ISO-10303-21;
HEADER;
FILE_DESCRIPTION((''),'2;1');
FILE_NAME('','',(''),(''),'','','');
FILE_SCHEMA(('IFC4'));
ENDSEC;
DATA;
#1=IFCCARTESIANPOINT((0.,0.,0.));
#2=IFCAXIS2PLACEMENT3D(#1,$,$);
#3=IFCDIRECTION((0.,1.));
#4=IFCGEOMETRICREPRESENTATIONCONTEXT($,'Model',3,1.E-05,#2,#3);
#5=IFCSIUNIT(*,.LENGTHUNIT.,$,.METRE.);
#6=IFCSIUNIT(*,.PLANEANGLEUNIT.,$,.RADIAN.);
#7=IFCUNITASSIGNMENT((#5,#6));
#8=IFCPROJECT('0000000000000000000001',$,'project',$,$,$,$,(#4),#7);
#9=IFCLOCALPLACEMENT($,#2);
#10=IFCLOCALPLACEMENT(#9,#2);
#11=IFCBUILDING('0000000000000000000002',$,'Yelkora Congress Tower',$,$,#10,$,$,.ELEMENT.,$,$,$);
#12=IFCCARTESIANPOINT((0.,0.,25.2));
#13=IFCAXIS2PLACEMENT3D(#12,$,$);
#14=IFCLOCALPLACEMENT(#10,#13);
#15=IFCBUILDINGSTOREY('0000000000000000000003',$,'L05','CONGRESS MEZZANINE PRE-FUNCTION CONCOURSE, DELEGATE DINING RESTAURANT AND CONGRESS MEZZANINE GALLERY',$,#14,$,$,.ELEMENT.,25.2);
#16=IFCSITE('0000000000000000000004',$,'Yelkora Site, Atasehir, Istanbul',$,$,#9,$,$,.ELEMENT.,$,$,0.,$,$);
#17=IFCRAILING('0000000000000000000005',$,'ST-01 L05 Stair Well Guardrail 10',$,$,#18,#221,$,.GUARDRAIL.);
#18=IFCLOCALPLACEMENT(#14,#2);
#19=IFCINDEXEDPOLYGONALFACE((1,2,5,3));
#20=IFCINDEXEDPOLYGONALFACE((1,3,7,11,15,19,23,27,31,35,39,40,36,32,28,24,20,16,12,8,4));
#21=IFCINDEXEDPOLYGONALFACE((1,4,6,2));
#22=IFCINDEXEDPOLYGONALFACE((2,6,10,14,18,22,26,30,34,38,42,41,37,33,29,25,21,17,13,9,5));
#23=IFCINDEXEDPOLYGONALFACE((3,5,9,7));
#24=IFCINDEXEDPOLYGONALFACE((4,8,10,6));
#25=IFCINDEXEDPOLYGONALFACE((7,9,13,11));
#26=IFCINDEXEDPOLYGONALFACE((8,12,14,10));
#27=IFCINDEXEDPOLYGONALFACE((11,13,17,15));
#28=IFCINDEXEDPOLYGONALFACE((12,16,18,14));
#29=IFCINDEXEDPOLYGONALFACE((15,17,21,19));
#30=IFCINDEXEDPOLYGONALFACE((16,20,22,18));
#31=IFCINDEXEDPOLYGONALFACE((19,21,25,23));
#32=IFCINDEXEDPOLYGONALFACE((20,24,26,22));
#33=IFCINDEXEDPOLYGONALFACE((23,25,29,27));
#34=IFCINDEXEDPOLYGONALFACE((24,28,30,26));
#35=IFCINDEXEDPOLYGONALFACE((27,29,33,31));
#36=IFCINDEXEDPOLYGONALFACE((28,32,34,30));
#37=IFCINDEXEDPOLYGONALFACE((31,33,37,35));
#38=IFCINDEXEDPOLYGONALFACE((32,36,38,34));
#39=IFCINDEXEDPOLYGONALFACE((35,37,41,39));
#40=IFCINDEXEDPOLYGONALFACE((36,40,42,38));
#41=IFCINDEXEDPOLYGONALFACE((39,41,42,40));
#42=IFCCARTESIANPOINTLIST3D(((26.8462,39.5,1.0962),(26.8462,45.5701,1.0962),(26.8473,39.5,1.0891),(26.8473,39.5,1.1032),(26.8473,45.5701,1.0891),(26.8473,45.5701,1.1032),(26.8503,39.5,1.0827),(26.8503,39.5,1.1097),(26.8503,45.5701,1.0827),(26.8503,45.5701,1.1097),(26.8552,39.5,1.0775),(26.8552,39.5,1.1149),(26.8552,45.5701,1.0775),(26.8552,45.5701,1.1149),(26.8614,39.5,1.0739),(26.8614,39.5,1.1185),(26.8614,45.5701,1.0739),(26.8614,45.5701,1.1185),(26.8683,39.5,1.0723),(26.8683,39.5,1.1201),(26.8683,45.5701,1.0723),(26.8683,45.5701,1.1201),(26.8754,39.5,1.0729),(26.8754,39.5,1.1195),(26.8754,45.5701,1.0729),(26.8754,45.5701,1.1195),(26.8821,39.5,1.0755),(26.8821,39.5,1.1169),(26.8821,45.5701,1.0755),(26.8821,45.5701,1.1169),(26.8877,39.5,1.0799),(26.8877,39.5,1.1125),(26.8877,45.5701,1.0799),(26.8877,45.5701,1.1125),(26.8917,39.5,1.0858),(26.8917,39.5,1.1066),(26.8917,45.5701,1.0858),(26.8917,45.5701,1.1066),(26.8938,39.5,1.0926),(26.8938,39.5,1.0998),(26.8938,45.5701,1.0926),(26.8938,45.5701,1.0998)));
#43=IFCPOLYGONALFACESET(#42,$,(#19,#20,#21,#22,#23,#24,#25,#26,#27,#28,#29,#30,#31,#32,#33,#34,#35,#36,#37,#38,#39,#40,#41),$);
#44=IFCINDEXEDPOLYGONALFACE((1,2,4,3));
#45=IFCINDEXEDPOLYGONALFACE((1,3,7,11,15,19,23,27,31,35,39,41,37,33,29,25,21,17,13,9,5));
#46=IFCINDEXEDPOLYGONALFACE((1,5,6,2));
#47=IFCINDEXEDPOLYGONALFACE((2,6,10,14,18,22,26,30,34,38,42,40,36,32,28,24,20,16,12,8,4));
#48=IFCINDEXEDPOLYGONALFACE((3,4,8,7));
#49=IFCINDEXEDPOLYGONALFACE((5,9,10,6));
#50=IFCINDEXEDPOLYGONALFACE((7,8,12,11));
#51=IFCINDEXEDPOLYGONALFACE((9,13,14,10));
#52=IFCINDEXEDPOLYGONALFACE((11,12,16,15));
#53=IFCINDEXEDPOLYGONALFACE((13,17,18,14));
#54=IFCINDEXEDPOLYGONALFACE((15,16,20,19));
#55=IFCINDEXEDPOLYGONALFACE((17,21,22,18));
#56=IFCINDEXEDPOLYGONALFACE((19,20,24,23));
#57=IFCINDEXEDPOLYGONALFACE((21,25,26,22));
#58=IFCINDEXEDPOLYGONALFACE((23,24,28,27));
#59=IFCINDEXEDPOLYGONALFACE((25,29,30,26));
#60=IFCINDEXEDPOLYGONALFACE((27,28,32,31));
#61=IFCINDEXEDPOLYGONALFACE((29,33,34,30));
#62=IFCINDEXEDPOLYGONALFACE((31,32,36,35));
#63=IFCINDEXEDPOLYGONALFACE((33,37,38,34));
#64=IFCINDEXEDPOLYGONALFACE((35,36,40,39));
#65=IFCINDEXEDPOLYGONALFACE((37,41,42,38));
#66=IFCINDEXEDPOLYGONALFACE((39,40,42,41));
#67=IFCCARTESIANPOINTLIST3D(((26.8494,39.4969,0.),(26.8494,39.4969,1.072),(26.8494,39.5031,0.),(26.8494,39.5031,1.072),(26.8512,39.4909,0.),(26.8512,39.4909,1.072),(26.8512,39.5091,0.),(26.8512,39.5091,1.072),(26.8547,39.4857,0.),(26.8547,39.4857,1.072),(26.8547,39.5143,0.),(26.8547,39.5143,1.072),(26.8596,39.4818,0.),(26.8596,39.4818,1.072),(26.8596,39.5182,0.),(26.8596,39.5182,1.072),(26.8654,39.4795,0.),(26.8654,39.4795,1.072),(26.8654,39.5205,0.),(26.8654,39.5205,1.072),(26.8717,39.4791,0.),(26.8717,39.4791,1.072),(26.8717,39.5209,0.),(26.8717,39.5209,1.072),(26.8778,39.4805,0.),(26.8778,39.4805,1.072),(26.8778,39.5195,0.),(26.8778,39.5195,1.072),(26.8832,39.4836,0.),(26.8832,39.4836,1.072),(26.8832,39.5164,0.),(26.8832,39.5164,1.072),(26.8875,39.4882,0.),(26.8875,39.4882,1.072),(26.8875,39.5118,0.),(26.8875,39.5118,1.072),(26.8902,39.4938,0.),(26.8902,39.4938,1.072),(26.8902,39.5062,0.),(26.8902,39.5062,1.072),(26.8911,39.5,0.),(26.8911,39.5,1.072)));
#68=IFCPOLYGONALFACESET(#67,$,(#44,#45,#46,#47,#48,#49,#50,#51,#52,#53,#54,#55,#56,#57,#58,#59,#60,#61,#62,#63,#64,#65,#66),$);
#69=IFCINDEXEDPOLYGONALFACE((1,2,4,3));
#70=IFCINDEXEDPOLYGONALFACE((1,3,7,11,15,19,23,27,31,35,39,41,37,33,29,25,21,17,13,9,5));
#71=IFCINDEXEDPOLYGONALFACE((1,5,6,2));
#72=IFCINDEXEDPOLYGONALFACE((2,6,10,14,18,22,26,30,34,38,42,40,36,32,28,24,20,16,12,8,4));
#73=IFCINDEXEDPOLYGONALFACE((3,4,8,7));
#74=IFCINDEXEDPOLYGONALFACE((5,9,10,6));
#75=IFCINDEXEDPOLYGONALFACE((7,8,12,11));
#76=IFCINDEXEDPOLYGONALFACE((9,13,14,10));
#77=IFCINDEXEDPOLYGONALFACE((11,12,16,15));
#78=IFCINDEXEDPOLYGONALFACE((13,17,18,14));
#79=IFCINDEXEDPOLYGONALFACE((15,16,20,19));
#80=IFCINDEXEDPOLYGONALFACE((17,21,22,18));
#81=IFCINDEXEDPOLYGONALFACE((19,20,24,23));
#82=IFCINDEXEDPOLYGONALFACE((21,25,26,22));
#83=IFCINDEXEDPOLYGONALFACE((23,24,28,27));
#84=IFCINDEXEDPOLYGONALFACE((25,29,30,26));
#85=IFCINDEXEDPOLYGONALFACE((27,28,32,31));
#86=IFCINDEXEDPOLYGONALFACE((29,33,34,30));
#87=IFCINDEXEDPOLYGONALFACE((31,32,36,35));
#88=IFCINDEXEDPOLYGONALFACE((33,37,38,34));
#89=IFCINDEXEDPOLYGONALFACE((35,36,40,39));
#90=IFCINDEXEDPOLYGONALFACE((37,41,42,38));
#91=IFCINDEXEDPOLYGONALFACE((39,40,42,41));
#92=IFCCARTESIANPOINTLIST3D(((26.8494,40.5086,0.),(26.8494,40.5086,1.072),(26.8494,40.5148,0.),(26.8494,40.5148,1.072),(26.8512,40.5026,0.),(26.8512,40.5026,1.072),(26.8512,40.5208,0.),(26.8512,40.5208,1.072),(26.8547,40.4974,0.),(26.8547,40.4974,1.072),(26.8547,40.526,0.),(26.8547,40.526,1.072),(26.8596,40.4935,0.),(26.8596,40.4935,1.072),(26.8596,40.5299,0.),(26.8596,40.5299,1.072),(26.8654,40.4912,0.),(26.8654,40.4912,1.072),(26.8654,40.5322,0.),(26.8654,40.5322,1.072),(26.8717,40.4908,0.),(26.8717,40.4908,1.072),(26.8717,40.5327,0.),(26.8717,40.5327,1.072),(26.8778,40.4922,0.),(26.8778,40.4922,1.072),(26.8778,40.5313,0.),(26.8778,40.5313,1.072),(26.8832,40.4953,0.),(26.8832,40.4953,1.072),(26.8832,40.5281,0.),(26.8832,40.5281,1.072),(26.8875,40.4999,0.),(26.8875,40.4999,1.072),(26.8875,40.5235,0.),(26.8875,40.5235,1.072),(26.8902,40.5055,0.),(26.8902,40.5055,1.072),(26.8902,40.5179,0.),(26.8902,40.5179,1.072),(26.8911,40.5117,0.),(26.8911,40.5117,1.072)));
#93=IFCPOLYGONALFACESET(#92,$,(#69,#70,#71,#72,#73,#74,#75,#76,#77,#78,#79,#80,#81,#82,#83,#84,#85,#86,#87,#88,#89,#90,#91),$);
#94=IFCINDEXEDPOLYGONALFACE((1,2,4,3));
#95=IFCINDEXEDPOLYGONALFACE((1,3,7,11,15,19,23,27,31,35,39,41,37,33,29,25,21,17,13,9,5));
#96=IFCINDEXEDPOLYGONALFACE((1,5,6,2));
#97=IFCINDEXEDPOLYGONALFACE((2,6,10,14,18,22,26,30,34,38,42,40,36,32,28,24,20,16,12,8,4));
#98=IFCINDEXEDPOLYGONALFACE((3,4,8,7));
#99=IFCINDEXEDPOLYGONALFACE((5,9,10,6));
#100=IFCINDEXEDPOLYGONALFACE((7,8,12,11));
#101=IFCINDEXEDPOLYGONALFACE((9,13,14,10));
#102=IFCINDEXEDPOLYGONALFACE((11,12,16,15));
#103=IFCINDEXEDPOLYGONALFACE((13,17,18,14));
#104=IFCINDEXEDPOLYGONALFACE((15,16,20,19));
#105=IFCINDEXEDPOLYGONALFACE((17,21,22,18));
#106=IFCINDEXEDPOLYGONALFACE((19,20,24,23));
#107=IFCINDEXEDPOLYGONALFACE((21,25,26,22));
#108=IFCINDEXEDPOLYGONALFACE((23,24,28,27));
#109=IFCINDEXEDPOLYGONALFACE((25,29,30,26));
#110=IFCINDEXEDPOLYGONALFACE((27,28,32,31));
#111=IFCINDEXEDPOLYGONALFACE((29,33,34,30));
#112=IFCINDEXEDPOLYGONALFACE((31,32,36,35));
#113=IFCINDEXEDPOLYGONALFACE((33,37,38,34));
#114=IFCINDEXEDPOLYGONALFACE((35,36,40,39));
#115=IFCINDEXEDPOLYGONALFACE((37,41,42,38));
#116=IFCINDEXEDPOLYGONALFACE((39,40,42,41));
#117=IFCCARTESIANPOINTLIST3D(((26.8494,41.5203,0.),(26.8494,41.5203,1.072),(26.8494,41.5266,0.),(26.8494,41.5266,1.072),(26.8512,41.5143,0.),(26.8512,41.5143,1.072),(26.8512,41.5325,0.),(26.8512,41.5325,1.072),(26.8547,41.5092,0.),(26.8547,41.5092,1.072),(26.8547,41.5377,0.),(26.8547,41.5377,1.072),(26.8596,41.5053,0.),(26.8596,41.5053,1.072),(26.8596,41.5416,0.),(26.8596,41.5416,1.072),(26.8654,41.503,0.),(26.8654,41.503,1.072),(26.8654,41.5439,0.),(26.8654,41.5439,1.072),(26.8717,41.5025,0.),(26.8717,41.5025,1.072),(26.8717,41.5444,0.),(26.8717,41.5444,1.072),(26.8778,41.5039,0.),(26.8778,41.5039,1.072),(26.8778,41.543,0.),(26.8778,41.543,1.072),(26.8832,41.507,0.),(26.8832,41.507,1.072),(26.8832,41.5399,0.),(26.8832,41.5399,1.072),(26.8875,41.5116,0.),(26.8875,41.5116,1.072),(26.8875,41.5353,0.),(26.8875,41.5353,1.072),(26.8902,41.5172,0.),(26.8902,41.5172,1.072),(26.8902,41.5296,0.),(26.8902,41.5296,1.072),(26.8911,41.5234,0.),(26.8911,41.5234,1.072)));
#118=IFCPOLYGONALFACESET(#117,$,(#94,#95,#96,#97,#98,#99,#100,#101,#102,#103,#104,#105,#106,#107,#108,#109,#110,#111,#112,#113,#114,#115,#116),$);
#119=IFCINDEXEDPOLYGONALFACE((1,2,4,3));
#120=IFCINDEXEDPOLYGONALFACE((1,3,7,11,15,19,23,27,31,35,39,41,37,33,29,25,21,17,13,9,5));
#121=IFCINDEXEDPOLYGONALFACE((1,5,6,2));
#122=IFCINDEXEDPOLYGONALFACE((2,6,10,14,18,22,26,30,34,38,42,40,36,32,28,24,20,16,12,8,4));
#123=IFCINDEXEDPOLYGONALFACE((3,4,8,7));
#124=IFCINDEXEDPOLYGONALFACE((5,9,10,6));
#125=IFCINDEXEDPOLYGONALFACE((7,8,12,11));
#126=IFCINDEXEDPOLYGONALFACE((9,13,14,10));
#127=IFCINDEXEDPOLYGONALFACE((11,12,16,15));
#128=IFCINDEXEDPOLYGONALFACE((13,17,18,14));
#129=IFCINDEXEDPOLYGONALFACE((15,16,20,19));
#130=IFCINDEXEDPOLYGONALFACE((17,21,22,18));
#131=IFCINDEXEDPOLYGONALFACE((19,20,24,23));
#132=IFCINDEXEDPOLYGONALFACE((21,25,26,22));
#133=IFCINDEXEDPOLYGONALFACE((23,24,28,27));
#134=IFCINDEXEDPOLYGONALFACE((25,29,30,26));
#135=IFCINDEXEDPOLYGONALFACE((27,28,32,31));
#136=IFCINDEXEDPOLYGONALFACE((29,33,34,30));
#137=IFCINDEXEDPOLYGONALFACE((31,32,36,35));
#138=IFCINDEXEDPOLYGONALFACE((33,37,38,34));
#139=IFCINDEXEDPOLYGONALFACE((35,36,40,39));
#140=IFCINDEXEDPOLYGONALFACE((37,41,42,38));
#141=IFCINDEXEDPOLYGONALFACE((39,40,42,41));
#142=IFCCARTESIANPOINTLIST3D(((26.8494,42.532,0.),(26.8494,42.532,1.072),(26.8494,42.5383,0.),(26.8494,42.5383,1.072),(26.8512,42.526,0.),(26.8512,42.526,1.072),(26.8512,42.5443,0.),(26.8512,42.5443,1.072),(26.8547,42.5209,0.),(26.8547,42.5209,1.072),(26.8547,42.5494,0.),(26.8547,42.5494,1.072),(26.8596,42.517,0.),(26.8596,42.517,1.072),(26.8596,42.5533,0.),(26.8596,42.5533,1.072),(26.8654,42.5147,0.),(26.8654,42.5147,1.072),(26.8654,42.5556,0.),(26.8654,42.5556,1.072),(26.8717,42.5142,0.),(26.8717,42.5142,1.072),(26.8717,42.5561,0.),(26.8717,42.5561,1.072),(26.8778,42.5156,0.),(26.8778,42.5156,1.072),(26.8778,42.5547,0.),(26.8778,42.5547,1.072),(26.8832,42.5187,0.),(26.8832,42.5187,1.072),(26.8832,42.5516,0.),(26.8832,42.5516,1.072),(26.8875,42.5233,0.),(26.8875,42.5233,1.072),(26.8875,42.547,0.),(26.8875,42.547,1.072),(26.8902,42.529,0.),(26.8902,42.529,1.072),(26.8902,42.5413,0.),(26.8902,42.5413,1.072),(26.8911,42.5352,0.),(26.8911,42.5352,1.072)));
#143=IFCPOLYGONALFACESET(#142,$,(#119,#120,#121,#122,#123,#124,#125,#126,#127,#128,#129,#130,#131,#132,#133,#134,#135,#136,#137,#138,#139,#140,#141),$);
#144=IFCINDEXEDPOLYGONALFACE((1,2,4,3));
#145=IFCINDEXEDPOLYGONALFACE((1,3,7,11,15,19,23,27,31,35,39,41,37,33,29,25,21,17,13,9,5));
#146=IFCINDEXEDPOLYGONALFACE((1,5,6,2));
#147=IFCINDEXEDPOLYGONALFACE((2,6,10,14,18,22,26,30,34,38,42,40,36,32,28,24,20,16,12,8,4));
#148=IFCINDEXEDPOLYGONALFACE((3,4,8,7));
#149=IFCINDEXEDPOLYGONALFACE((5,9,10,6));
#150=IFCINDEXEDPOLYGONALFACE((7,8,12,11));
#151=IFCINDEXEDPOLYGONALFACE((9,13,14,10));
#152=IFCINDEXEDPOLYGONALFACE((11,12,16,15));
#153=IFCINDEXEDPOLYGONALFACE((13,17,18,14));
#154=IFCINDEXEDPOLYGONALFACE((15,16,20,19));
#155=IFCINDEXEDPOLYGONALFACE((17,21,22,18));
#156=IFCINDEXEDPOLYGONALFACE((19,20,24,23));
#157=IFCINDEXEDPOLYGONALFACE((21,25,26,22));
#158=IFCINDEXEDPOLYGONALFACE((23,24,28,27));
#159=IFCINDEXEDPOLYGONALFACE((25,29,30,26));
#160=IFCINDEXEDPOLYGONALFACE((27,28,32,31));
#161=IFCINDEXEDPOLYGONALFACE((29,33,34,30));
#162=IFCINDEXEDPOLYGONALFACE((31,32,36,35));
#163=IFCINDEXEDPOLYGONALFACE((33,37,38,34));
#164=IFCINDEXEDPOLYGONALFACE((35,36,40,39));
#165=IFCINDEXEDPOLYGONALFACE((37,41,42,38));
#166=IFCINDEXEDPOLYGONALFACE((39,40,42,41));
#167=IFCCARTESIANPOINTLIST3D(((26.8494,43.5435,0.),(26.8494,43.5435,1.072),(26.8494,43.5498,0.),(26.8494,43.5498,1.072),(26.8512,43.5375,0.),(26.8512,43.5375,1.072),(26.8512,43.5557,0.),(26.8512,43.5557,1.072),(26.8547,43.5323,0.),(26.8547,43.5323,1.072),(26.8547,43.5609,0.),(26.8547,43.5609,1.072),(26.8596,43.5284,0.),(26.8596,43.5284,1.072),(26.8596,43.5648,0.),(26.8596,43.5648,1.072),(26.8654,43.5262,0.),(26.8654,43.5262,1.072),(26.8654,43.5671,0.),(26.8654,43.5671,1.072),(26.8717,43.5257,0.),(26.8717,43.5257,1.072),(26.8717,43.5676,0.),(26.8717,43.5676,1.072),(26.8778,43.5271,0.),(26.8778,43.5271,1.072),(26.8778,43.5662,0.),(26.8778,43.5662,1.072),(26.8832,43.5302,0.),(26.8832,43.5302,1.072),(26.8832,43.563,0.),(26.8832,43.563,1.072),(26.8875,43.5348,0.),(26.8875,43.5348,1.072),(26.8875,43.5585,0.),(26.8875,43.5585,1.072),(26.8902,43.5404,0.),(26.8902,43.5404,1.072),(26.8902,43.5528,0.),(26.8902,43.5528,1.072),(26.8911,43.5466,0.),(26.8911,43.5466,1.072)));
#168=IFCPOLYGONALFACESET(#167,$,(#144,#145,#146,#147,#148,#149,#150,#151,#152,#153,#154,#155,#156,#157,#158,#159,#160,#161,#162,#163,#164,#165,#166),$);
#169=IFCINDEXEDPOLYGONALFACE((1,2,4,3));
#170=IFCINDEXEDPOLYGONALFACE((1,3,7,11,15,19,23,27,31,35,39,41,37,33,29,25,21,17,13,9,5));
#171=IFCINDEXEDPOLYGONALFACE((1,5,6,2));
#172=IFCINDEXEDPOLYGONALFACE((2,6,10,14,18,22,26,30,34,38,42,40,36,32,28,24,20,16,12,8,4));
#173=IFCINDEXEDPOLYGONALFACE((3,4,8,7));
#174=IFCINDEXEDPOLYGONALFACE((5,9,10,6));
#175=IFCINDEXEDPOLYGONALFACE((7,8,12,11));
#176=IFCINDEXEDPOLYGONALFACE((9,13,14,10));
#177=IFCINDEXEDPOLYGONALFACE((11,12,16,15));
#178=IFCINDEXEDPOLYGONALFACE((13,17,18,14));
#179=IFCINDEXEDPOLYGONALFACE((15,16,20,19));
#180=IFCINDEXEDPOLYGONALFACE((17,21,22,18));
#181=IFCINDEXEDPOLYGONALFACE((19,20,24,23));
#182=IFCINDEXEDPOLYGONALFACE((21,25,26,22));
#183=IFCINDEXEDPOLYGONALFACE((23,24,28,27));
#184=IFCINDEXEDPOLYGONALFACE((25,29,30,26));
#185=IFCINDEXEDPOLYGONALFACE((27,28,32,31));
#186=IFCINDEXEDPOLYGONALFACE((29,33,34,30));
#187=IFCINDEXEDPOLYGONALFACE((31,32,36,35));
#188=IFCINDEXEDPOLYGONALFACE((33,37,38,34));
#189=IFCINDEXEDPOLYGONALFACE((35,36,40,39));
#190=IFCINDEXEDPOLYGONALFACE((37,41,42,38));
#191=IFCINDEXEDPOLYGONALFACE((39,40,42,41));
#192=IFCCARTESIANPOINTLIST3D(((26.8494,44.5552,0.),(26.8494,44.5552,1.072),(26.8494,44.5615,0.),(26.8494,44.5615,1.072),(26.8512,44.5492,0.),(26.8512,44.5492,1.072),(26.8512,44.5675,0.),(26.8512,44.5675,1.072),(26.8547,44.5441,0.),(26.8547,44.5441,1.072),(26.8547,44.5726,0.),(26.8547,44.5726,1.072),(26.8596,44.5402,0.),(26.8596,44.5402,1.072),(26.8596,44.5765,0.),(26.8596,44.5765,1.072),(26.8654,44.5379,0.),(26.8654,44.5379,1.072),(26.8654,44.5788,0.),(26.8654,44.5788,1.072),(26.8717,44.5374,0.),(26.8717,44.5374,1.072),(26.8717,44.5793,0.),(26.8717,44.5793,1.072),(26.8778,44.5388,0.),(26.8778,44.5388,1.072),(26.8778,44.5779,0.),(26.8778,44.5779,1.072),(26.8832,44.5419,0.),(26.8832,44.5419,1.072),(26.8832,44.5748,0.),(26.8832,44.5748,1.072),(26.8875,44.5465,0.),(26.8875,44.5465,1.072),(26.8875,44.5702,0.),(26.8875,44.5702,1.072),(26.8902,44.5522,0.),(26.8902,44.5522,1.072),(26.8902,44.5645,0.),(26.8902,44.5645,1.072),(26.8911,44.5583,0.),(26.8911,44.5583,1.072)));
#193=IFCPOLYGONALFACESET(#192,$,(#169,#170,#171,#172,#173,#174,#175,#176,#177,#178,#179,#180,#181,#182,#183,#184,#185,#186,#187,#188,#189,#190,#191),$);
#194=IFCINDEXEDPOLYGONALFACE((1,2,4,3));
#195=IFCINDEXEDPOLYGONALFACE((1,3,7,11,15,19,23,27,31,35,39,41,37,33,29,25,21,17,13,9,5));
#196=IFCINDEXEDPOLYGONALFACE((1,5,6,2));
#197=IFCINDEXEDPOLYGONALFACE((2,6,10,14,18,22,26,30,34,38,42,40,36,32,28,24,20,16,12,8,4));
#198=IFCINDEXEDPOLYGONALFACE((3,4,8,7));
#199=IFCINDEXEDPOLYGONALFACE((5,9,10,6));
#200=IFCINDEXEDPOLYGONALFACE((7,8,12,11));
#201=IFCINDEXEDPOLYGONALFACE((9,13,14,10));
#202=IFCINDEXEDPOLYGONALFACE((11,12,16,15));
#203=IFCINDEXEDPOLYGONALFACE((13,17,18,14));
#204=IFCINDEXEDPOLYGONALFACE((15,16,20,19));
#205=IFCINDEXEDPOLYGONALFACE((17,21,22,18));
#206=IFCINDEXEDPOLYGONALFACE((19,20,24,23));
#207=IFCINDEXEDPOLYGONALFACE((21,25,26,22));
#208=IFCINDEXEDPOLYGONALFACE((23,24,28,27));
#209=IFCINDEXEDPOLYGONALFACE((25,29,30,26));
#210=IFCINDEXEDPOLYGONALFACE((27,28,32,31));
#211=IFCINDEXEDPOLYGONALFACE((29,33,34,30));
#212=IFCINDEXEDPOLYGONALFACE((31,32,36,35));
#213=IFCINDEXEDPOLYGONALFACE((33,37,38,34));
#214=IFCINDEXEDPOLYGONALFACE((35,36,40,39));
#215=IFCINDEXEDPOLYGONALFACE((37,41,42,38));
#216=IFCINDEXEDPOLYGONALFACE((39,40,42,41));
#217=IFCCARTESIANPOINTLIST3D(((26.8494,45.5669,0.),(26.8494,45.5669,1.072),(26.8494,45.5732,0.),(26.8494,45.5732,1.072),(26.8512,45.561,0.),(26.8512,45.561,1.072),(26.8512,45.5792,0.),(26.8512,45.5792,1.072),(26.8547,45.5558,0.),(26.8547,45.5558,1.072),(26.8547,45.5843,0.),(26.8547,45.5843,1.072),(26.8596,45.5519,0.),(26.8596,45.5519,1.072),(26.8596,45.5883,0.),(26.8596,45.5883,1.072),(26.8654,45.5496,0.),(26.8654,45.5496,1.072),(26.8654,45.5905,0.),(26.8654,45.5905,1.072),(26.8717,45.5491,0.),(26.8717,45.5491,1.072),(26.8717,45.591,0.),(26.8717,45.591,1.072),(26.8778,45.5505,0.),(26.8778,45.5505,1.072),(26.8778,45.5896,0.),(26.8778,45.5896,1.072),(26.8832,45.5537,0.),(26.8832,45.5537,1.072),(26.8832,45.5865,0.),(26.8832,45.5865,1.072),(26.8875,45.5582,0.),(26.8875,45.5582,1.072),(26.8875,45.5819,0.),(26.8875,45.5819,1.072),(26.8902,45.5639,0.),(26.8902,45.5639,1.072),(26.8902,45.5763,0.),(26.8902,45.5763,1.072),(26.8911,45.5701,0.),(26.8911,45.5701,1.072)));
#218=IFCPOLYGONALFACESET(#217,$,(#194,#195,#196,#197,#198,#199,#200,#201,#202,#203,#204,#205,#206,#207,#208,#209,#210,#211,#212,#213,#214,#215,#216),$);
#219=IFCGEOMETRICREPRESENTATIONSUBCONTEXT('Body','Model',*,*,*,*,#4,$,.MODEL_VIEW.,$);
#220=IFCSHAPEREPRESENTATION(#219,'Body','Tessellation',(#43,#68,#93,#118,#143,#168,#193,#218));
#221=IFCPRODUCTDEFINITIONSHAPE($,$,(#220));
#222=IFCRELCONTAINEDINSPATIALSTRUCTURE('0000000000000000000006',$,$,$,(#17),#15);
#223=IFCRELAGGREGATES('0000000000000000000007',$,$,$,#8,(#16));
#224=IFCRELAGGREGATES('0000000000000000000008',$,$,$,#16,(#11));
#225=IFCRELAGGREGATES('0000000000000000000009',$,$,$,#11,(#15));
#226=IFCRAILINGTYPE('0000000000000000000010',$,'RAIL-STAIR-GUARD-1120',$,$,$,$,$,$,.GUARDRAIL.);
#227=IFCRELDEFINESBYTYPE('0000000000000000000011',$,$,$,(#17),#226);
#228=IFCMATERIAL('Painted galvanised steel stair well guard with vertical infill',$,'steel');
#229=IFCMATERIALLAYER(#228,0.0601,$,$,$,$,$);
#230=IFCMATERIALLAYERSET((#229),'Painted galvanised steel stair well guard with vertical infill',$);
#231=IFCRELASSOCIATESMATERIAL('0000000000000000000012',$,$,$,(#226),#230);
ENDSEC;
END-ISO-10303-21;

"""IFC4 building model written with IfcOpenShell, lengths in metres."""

from ifc_helpers import new_model, si_unit, direction, frame, origin, origin_2d, place, context, subcontext, project, spatial, circle, extrude, material, layer, layer_set, type_object, element, save


model = new_model("IFC4")

# Units and contexts
model_context = context("Model", 3, precision=1e-05, world=origin(), true_north=direction((0.0, 1.0)))
body_context = subcontext(model_context, "Body", "Model", "MODEL_VIEW")
ifc_project = project(units=[si_unit("LENGTHUNIT", "METRE"), si_unit("PLANEANGLEUNIT", "RADIAN")], contexts=[model_context])

# Site, building, storey
site_placement = place(None, origin())
site = spatial("IfcSite", under=ifc_project, at=site_placement, Name="Yelkora Site, Atasehir, Istanbul", CompositionType="ELEMENT", RefElevation=0.0)
building_placement = place(site_placement, origin())
building = spatial("IfcBuilding", under=site, at=building_placement, Name="Yelkora Congress Tower", CompositionType="ELEMENT")
storey_placement = place(building_placement, frame((0.0, 0.0, 25.2)))
storey = spatial("IfcBuildingStorey", under=building, at=storey_placement, Name="L05", Description="CONGRESS MEZZANINE PRE-FUNCTION CONCOURSE, DELEGATE DINING RESTAURANT AND CONGRESS MEZZANINE GALLERY", CompositionType="ELEMENT", Elevation=25.2)

# Railing
ifc_material_1 = material(Name="Painted galvanised steel stair well guard with vertical infill", Category="steel")
ifc_layer_1 = layer(ifc_material_1, 0.0601)
ifc_layer_set_1 = layer_set([ifc_layer_1], Name="Painted galvanised steel stair well guard with vertical infill")
railing_type = type_object("IfcRailingType", Name="RAIL-STAIR-GUARD-1120", PredefinedType="GUARDRAIL", material=ifc_layer_set_1)
railing_placement = place(storey_placement, frame((26.8701, 39.5, 0.0)))
element("IfcRailing", 1, at=railing_placement, inside=storey, type_object=railing_type, Name="ST-01 L05 Stair Well Guardrail 10", PredefinedType="GUARDRAIL", context=body_context, shape_type="SweptSolid", body=[
    extrude(circle(Radius=0.0239, at=origin_2d()), frame((0.0, 0.0, 1.0962), z_axis=(0.0, 1.0, 0.0), x_axis=(-1.0, 0.0, 0.0)), (0.0, 0.0, 1.0), 6.0701),
    extrude(circle(Radius=0.021, at=origin_2d()), origin(), (0.0, 0.0, 1.0), 1.072),
    extrude(circle(Radius=0.021, at=origin_2d()), frame((0.0, 1.0117, 0.0)), (0.0, 0.0, 1.0), 1.072),
    extrude(circle(Radius=0.021, at=origin_2d()), frame((0.0, 2.0234, 0.0)), (0.0, 0.0, 1.0), 1.072),
    extrude(circle(Radius=0.021, at=origin_2d()), frame((0.0, 3.0352, 0.0)), (0.0, 0.0, 1.0), 1.072),
    extrude(circle(Radius=0.021, at=origin_2d()), frame((0.0, 4.0466, 0.0)), (0.0, 0.0, 1.0), 1.072),
    extrude(circle(Radius=0.021, at=origin_2d()), frame((0.0, 5.0583, 0.0)), (0.0, 0.0, 1.0), 1.072),
    extrude(circle(Radius=0.021, at=origin_2d()), frame((0.0, 6.0701, 0.0)), (0.0, 0.0, 1.0), 1.072),
])

save(model, "model.ifc")
